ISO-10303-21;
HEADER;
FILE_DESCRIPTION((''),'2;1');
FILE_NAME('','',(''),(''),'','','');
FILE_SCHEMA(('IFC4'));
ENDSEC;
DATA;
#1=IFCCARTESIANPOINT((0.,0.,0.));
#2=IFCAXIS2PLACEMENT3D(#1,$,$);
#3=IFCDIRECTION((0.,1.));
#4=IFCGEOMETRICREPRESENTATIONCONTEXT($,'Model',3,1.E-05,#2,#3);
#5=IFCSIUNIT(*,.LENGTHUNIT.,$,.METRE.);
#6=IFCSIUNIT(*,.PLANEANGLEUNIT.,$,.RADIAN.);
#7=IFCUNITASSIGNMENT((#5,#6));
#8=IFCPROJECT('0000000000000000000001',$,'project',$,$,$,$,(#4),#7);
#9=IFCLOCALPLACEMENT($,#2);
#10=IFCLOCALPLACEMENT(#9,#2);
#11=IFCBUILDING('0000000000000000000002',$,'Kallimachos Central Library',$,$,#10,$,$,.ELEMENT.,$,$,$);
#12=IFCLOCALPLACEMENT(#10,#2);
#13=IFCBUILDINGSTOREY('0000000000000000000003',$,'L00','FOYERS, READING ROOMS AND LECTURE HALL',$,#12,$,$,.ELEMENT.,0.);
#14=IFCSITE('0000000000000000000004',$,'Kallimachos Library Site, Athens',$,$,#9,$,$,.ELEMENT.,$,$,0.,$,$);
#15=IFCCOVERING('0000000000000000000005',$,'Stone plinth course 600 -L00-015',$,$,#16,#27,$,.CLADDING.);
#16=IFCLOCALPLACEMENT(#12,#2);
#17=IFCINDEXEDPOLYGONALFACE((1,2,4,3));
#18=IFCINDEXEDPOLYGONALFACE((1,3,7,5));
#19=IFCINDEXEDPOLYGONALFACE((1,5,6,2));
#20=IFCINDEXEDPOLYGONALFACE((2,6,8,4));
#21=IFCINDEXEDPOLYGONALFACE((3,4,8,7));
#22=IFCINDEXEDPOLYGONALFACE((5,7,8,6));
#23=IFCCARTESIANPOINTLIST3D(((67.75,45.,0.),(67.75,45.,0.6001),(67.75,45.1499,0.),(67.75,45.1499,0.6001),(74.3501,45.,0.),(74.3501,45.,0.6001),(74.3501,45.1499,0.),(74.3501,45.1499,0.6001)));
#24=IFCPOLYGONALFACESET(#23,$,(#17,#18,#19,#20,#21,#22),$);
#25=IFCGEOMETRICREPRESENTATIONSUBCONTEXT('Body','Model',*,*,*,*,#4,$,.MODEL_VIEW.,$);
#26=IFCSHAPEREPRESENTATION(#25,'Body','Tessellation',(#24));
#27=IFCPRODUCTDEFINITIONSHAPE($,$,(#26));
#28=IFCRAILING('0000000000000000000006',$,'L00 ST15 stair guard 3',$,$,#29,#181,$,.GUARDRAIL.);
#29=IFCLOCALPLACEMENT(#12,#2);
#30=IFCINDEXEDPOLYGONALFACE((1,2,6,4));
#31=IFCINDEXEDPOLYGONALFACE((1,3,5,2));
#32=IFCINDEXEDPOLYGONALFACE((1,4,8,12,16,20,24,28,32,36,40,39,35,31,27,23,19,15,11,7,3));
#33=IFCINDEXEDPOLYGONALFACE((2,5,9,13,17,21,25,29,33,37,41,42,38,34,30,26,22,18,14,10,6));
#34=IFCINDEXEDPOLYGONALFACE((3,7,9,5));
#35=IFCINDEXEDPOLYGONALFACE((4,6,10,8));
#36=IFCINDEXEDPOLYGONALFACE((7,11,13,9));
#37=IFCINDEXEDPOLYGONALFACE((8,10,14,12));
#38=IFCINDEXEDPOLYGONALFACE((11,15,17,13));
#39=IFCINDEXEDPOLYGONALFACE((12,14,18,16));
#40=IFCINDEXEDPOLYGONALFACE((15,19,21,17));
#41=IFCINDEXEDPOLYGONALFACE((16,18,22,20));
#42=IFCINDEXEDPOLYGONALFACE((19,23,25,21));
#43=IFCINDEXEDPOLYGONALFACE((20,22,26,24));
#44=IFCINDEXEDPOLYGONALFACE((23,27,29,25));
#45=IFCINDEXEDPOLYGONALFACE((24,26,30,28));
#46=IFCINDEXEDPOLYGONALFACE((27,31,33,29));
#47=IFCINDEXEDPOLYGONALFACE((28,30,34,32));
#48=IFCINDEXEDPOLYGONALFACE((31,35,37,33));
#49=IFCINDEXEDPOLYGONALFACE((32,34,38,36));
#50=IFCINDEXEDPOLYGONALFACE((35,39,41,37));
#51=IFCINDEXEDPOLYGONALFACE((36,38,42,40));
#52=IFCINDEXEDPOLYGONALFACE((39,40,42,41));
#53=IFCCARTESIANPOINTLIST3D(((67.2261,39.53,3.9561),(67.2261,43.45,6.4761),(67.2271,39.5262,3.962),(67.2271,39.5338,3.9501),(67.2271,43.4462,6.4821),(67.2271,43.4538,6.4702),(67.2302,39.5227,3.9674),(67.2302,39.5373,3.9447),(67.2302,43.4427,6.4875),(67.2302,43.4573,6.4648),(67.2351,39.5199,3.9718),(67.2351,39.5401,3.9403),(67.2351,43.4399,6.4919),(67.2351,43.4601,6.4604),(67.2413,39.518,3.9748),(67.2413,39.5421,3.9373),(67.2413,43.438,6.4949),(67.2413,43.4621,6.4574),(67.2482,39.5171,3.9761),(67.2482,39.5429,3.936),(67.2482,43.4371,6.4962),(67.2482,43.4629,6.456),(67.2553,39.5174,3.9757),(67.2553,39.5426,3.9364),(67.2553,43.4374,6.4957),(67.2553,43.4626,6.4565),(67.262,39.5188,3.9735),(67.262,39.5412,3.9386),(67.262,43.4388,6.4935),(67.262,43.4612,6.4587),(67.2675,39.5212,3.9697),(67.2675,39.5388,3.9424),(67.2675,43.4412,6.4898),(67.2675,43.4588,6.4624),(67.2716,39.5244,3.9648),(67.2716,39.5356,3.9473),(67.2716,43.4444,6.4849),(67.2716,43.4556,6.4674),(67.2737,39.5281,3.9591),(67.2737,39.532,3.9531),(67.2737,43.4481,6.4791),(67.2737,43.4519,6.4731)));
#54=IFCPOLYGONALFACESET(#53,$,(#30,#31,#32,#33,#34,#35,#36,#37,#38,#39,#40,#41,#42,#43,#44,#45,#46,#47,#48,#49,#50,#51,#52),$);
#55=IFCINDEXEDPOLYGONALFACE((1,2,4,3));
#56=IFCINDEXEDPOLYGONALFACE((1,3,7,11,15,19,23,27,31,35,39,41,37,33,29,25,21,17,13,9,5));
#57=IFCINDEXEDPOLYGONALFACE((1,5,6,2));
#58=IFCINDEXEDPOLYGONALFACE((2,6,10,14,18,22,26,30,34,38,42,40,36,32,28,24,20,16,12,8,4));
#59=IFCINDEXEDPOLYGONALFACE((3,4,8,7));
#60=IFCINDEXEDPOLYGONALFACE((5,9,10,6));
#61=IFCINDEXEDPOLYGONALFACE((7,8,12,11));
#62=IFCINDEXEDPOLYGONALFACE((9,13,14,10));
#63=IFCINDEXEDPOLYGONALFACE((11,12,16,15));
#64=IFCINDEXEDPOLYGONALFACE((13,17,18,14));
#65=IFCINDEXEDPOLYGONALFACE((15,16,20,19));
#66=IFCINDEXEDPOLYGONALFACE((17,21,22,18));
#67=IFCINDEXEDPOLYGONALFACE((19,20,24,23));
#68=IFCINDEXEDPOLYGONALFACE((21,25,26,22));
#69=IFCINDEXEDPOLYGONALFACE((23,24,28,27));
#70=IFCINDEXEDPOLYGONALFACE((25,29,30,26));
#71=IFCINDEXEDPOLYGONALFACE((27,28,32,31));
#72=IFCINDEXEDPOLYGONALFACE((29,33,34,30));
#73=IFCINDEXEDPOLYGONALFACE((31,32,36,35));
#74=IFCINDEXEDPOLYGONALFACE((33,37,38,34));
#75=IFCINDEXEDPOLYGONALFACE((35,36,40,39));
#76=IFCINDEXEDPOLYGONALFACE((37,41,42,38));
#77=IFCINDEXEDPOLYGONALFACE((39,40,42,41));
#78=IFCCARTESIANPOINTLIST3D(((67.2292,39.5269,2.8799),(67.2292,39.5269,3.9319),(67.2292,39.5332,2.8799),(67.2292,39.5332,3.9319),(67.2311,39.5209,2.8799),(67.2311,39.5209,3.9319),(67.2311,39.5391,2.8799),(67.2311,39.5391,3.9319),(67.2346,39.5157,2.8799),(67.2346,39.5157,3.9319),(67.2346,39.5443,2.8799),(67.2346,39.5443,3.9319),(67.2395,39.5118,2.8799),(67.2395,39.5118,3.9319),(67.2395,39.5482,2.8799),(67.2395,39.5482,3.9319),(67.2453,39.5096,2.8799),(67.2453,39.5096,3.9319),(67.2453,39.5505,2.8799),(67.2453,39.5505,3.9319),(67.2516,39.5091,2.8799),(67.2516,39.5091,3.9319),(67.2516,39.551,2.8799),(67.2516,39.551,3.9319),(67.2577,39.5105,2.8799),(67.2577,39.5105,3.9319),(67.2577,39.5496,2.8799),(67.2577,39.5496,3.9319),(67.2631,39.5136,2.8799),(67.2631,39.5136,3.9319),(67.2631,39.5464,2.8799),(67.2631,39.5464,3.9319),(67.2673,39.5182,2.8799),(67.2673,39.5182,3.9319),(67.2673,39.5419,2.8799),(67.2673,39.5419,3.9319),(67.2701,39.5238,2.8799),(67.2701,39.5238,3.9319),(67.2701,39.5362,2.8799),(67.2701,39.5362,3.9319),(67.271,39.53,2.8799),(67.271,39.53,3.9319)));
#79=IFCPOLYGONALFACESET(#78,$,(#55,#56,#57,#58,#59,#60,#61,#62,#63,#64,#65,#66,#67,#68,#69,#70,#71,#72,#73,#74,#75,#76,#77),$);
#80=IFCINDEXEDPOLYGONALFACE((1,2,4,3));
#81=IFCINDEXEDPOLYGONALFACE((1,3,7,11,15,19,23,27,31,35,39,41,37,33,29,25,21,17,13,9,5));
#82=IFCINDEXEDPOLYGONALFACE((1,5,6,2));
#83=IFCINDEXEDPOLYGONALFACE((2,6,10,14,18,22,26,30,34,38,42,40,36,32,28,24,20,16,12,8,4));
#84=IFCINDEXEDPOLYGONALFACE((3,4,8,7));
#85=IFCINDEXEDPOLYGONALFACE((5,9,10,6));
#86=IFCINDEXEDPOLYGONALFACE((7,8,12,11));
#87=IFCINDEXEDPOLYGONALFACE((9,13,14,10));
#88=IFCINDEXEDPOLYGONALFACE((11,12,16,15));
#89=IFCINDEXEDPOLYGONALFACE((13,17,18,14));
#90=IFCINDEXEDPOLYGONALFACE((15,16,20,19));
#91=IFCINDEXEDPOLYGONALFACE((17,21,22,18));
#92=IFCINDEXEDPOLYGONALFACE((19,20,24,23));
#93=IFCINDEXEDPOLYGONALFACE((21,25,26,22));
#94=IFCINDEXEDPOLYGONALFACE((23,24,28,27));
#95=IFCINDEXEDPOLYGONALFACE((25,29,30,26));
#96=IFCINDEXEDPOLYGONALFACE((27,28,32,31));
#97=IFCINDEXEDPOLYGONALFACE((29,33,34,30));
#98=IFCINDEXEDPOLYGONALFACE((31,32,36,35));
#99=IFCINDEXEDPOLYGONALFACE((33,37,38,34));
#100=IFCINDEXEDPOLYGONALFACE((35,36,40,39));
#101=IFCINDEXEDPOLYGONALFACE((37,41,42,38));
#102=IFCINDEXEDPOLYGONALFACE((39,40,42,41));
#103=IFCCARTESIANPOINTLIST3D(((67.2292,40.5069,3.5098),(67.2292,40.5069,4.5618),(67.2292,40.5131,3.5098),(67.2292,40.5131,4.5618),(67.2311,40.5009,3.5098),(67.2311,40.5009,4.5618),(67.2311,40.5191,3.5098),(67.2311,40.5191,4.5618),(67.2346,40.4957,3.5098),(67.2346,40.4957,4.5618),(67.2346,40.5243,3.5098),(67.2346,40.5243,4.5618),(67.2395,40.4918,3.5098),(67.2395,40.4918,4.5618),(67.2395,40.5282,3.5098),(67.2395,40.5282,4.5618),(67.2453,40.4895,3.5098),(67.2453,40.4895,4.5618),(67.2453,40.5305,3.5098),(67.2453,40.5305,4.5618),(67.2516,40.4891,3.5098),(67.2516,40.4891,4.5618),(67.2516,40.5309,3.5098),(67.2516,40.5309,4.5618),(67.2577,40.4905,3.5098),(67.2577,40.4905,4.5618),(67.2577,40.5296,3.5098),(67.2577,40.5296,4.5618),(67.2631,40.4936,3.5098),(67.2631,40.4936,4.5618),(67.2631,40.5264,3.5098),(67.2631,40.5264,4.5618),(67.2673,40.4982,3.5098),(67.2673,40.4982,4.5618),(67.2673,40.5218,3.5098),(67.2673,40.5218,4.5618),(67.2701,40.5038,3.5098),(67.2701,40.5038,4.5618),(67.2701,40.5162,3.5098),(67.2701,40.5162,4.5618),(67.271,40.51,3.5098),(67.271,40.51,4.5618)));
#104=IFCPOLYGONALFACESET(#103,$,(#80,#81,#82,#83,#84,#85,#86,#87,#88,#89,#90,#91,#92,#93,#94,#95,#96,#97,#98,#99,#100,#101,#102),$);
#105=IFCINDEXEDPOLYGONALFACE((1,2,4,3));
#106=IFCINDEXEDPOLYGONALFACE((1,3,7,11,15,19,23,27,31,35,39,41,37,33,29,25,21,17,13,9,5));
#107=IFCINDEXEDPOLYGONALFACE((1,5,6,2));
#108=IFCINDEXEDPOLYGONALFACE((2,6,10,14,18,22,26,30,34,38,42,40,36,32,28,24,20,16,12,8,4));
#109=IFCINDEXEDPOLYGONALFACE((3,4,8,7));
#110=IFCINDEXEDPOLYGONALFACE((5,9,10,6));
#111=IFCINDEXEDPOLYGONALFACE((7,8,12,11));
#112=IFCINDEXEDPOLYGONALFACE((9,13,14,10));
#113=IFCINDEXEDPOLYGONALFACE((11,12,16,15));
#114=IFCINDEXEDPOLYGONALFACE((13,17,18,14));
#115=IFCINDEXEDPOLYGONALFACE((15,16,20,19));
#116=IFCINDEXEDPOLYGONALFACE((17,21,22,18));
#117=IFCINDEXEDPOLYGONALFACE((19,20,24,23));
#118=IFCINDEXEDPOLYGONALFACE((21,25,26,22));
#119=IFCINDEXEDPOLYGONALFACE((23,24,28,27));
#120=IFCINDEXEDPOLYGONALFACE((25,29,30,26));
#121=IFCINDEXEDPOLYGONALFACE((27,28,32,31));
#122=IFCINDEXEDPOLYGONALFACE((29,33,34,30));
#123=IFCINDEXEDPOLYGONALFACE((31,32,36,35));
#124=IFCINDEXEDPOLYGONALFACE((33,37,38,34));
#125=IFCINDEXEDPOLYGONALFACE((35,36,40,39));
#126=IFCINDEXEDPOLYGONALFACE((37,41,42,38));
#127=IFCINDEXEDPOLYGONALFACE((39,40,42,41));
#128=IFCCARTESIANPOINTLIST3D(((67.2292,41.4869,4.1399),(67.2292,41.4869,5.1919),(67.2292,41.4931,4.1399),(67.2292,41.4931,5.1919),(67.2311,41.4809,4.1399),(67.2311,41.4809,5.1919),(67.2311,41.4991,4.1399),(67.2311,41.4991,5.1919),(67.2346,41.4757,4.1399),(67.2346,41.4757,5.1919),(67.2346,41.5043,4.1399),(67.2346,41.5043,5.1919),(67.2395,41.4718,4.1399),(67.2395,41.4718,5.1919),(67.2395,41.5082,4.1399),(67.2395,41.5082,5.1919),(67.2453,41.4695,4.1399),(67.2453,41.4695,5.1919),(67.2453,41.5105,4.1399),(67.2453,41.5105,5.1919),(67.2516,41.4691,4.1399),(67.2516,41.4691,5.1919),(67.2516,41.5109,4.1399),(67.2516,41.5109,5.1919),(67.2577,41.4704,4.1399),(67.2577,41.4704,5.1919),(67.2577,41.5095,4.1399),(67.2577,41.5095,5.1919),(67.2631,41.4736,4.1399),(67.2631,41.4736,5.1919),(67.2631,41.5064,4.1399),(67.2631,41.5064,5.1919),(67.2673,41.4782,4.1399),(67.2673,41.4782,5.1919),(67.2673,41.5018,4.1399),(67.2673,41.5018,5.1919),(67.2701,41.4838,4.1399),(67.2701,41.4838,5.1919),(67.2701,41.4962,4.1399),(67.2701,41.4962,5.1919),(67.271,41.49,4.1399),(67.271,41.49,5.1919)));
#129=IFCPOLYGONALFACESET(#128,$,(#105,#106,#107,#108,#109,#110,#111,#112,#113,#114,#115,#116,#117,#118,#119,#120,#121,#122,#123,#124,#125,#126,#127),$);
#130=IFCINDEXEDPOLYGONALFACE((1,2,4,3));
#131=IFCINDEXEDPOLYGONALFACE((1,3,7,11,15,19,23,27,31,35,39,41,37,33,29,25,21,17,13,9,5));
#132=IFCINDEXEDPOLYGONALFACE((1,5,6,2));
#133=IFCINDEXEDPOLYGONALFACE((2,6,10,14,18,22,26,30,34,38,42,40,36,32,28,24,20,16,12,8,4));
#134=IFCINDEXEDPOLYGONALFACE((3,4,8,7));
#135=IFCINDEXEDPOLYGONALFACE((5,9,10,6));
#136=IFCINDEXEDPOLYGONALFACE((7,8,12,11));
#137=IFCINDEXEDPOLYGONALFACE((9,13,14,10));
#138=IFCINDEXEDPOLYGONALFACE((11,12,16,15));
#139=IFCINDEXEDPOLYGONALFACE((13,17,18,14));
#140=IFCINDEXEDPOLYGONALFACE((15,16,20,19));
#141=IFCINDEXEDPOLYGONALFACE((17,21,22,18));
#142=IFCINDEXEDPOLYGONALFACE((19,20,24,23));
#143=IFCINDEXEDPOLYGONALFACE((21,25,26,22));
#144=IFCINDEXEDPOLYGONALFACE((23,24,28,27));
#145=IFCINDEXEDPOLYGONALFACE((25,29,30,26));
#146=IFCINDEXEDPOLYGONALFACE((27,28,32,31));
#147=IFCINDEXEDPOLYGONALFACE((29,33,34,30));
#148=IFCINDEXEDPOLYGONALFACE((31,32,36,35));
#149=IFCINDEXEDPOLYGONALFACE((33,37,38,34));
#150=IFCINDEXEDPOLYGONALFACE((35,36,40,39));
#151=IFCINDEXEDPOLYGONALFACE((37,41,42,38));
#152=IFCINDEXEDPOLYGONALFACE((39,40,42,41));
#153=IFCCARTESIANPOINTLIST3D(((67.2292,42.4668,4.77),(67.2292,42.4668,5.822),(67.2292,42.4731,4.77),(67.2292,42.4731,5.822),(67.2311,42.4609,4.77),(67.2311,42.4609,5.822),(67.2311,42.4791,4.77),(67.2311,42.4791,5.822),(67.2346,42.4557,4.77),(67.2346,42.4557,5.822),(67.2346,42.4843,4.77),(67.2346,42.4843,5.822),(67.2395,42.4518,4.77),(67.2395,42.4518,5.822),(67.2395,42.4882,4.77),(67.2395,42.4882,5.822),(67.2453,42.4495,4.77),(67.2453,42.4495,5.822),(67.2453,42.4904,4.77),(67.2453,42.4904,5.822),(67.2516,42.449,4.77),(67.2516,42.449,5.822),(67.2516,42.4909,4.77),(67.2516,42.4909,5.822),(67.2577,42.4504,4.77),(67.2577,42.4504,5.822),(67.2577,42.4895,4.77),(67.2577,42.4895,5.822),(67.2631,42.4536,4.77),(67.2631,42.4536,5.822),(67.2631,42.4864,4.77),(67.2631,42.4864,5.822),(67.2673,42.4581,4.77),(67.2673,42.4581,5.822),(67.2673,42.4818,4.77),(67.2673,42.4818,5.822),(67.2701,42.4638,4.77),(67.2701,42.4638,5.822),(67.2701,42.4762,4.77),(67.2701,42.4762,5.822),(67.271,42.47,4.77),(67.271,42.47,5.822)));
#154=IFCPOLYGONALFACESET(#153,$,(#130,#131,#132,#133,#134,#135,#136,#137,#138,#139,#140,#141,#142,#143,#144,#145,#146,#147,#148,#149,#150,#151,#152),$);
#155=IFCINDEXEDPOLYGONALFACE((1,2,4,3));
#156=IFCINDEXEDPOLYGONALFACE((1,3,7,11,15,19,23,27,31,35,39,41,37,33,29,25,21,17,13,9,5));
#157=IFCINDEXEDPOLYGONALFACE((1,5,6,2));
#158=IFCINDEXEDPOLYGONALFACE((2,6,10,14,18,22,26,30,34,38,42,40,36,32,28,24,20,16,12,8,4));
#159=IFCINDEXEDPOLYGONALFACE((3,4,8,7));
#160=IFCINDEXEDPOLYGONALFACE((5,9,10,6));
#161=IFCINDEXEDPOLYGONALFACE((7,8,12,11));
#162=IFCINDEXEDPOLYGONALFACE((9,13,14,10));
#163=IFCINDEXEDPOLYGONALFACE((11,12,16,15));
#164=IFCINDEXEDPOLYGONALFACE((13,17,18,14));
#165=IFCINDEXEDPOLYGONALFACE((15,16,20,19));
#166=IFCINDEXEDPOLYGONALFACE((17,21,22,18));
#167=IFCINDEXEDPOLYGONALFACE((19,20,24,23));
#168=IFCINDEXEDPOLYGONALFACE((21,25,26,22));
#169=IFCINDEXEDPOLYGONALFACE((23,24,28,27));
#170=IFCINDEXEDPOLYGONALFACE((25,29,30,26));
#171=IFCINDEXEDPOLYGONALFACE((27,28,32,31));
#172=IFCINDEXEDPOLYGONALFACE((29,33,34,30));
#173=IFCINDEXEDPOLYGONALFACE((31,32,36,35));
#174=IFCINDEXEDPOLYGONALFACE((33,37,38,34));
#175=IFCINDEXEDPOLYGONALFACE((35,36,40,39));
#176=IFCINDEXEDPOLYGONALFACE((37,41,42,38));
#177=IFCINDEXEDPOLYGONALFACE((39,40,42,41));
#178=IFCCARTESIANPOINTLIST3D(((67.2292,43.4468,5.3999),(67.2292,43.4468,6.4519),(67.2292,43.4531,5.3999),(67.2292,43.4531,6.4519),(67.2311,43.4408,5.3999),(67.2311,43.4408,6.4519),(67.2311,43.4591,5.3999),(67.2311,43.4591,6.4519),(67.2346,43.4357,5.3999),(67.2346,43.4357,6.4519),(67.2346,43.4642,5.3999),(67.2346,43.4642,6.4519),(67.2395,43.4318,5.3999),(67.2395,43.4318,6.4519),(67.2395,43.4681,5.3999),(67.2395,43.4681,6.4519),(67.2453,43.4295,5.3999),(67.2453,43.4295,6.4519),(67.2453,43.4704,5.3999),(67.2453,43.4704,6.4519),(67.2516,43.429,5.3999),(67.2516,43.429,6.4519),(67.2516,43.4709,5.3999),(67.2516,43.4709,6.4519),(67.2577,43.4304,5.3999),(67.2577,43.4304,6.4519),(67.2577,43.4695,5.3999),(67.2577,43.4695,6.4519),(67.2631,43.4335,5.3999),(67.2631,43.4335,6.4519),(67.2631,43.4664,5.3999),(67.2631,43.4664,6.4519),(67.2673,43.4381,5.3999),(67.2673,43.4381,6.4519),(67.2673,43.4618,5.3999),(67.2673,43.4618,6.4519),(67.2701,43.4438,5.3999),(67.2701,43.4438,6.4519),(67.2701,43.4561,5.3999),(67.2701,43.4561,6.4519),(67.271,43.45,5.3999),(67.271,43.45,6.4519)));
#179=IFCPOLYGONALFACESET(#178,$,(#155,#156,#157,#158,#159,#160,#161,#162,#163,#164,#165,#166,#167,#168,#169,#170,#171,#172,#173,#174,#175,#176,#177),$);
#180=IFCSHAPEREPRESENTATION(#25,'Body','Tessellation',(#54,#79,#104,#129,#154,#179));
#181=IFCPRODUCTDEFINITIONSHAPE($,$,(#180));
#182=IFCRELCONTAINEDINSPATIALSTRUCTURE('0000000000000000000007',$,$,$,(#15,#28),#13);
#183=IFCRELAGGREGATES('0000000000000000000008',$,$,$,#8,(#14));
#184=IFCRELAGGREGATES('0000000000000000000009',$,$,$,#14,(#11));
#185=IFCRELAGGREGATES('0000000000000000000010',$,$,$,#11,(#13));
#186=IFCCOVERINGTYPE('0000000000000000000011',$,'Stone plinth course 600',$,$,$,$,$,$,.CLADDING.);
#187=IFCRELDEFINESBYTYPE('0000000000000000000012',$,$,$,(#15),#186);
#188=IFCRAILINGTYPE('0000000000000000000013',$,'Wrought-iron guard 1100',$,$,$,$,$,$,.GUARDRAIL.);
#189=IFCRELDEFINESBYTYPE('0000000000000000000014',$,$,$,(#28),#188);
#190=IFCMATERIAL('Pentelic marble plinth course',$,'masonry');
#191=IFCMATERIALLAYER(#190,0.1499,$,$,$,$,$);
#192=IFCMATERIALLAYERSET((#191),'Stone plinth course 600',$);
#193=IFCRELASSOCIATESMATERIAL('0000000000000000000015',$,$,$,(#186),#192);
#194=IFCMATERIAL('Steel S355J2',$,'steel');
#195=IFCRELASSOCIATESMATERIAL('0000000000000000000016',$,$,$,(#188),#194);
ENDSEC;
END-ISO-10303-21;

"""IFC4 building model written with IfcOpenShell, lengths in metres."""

from ifc_helpers import new_model, si_unit, direction, frame, origin, origin_2d, place, context, subcontext, project, spatial, rectangle, circle, extrude, material, layer, layer_set, type_object, element, save


model = new_model("IFC4")

# Units and contexts
model_context = context("Model", 3, precision=1e-05, world=origin(), true_north=direction((0.0, 1.0)))
body_context = subcontext(model_context, "Body", "Model", "MODEL_VIEW")
ifc_project = project(units=[si_unit("LENGTHUNIT", "METRE"), si_unit("PLANEANGLEUNIT", "RADIAN")], contexts=[model_context])

# Site, building, storey
site_placement = place(None, origin())
site = spatial("IfcSite", under=ifc_project, at=site_placement, Name="Kallimachos Library Site, Athens", CompositionType="ELEMENT", RefElevation=0.0)
building_placement = place(site_placement, origin())
building = spatial("IfcBuilding", under=site, at=building_placement, Name="Kallimachos Central Library", CompositionType="ELEMENT")
storey_placement = place(building_placement, origin())
storey = spatial("IfcBuildingStorey", under=building, at=storey_placement, Name="L00", Description="FOYERS, READING ROOMS AND LECTURE HALL", CompositionType="ELEMENT", Elevation=0.0)

# Covering
ifc_material_1 = material(Name="Pentelic marble plinth course", Category="masonry")
ifc_layer_1 = layer(ifc_material_1, 0.1499)
ifc_layer_set_1 = layer_set([ifc_layer_1], Name="Stone plinth course 600")
covering_type_1 = type_object("IfcCoveringType", Name="Stone plinth course 600", PredefinedType="CLADDING", material=ifc_layer_set_1)
covering_1_placement = place(storey_placement, frame((71.05, 45.075, 0.0), z_axis=(0.0, 0.0, 1.0), x_axis=(1.0, 0.0, 0.0)))
element("IfcCovering", 1, at=covering_1_placement, inside=storey, type_object=covering_type_1, Name="Stone plinth course 600 -L00-015", PredefinedType="CLADDING", context=body_context, shape_type="SweptSolid", body=[
    extrude(rectangle(XDim=6.6001, YDim=0.1499, at=origin_2d()), origin(), (0.0, 0.0, 1.0), 0.6001),
])

# Railing
ifc_material_2 = material(Name="Steel S355J2", Category="steel")
railing_type_1 = type_object("IfcRailingType", Name="Wrought-iron guard 1100", PredefinedType="GUARDRAIL", material=ifc_material_2)
railing_1_placement = place(storey_placement, frame((67.25, 39.53, 2.8799)))
element("IfcRailing", 2, at=railing_1_placement, inside=storey, type_object=railing_type_1, Name="L00 ST15 stair guard 3", PredefinedType="GUARDRAIL", context=body_context, shape_type="SweptSolid", body=[
    extrude(circle(Radius=0.0239, at=origin_2d()), frame((0.0, 0.0, 1.0762), z_axis=(0.0, 0.841172, 0.540768), x_axis=(-1.0, 0.0, 0.0)), (0.0, 0.0, 1.0), 4.6602),
    extrude(circle(Radius=0.021, at=origin_2d()), origin(), (0.0, 0.0, 1.0), 1.052),
    extrude(circle(Radius=0.021, at=origin_2d()), frame((0.0, 0.98, 0.6299)), (0.0, 0.0, 1.0), 1.052),
    extrude(circle(Radius=0.021, at=origin_2d()), frame((0.0, 1.96, 1.26)), (0.0, 0.0, 1.0), 1.052),
    extrude(circle(Radius=0.021, at=origin_2d()), frame((0.0, 2.9399, 1.8901)), (0.0, 0.0, 1.0), 1.052),
    extrude(circle(Radius=0.021, at=origin_2d()), frame((0.0, 3.9199, 2.52)), (0.0, 0.0, 1.0), 1.052),
])

save(model, "model.ifc")
